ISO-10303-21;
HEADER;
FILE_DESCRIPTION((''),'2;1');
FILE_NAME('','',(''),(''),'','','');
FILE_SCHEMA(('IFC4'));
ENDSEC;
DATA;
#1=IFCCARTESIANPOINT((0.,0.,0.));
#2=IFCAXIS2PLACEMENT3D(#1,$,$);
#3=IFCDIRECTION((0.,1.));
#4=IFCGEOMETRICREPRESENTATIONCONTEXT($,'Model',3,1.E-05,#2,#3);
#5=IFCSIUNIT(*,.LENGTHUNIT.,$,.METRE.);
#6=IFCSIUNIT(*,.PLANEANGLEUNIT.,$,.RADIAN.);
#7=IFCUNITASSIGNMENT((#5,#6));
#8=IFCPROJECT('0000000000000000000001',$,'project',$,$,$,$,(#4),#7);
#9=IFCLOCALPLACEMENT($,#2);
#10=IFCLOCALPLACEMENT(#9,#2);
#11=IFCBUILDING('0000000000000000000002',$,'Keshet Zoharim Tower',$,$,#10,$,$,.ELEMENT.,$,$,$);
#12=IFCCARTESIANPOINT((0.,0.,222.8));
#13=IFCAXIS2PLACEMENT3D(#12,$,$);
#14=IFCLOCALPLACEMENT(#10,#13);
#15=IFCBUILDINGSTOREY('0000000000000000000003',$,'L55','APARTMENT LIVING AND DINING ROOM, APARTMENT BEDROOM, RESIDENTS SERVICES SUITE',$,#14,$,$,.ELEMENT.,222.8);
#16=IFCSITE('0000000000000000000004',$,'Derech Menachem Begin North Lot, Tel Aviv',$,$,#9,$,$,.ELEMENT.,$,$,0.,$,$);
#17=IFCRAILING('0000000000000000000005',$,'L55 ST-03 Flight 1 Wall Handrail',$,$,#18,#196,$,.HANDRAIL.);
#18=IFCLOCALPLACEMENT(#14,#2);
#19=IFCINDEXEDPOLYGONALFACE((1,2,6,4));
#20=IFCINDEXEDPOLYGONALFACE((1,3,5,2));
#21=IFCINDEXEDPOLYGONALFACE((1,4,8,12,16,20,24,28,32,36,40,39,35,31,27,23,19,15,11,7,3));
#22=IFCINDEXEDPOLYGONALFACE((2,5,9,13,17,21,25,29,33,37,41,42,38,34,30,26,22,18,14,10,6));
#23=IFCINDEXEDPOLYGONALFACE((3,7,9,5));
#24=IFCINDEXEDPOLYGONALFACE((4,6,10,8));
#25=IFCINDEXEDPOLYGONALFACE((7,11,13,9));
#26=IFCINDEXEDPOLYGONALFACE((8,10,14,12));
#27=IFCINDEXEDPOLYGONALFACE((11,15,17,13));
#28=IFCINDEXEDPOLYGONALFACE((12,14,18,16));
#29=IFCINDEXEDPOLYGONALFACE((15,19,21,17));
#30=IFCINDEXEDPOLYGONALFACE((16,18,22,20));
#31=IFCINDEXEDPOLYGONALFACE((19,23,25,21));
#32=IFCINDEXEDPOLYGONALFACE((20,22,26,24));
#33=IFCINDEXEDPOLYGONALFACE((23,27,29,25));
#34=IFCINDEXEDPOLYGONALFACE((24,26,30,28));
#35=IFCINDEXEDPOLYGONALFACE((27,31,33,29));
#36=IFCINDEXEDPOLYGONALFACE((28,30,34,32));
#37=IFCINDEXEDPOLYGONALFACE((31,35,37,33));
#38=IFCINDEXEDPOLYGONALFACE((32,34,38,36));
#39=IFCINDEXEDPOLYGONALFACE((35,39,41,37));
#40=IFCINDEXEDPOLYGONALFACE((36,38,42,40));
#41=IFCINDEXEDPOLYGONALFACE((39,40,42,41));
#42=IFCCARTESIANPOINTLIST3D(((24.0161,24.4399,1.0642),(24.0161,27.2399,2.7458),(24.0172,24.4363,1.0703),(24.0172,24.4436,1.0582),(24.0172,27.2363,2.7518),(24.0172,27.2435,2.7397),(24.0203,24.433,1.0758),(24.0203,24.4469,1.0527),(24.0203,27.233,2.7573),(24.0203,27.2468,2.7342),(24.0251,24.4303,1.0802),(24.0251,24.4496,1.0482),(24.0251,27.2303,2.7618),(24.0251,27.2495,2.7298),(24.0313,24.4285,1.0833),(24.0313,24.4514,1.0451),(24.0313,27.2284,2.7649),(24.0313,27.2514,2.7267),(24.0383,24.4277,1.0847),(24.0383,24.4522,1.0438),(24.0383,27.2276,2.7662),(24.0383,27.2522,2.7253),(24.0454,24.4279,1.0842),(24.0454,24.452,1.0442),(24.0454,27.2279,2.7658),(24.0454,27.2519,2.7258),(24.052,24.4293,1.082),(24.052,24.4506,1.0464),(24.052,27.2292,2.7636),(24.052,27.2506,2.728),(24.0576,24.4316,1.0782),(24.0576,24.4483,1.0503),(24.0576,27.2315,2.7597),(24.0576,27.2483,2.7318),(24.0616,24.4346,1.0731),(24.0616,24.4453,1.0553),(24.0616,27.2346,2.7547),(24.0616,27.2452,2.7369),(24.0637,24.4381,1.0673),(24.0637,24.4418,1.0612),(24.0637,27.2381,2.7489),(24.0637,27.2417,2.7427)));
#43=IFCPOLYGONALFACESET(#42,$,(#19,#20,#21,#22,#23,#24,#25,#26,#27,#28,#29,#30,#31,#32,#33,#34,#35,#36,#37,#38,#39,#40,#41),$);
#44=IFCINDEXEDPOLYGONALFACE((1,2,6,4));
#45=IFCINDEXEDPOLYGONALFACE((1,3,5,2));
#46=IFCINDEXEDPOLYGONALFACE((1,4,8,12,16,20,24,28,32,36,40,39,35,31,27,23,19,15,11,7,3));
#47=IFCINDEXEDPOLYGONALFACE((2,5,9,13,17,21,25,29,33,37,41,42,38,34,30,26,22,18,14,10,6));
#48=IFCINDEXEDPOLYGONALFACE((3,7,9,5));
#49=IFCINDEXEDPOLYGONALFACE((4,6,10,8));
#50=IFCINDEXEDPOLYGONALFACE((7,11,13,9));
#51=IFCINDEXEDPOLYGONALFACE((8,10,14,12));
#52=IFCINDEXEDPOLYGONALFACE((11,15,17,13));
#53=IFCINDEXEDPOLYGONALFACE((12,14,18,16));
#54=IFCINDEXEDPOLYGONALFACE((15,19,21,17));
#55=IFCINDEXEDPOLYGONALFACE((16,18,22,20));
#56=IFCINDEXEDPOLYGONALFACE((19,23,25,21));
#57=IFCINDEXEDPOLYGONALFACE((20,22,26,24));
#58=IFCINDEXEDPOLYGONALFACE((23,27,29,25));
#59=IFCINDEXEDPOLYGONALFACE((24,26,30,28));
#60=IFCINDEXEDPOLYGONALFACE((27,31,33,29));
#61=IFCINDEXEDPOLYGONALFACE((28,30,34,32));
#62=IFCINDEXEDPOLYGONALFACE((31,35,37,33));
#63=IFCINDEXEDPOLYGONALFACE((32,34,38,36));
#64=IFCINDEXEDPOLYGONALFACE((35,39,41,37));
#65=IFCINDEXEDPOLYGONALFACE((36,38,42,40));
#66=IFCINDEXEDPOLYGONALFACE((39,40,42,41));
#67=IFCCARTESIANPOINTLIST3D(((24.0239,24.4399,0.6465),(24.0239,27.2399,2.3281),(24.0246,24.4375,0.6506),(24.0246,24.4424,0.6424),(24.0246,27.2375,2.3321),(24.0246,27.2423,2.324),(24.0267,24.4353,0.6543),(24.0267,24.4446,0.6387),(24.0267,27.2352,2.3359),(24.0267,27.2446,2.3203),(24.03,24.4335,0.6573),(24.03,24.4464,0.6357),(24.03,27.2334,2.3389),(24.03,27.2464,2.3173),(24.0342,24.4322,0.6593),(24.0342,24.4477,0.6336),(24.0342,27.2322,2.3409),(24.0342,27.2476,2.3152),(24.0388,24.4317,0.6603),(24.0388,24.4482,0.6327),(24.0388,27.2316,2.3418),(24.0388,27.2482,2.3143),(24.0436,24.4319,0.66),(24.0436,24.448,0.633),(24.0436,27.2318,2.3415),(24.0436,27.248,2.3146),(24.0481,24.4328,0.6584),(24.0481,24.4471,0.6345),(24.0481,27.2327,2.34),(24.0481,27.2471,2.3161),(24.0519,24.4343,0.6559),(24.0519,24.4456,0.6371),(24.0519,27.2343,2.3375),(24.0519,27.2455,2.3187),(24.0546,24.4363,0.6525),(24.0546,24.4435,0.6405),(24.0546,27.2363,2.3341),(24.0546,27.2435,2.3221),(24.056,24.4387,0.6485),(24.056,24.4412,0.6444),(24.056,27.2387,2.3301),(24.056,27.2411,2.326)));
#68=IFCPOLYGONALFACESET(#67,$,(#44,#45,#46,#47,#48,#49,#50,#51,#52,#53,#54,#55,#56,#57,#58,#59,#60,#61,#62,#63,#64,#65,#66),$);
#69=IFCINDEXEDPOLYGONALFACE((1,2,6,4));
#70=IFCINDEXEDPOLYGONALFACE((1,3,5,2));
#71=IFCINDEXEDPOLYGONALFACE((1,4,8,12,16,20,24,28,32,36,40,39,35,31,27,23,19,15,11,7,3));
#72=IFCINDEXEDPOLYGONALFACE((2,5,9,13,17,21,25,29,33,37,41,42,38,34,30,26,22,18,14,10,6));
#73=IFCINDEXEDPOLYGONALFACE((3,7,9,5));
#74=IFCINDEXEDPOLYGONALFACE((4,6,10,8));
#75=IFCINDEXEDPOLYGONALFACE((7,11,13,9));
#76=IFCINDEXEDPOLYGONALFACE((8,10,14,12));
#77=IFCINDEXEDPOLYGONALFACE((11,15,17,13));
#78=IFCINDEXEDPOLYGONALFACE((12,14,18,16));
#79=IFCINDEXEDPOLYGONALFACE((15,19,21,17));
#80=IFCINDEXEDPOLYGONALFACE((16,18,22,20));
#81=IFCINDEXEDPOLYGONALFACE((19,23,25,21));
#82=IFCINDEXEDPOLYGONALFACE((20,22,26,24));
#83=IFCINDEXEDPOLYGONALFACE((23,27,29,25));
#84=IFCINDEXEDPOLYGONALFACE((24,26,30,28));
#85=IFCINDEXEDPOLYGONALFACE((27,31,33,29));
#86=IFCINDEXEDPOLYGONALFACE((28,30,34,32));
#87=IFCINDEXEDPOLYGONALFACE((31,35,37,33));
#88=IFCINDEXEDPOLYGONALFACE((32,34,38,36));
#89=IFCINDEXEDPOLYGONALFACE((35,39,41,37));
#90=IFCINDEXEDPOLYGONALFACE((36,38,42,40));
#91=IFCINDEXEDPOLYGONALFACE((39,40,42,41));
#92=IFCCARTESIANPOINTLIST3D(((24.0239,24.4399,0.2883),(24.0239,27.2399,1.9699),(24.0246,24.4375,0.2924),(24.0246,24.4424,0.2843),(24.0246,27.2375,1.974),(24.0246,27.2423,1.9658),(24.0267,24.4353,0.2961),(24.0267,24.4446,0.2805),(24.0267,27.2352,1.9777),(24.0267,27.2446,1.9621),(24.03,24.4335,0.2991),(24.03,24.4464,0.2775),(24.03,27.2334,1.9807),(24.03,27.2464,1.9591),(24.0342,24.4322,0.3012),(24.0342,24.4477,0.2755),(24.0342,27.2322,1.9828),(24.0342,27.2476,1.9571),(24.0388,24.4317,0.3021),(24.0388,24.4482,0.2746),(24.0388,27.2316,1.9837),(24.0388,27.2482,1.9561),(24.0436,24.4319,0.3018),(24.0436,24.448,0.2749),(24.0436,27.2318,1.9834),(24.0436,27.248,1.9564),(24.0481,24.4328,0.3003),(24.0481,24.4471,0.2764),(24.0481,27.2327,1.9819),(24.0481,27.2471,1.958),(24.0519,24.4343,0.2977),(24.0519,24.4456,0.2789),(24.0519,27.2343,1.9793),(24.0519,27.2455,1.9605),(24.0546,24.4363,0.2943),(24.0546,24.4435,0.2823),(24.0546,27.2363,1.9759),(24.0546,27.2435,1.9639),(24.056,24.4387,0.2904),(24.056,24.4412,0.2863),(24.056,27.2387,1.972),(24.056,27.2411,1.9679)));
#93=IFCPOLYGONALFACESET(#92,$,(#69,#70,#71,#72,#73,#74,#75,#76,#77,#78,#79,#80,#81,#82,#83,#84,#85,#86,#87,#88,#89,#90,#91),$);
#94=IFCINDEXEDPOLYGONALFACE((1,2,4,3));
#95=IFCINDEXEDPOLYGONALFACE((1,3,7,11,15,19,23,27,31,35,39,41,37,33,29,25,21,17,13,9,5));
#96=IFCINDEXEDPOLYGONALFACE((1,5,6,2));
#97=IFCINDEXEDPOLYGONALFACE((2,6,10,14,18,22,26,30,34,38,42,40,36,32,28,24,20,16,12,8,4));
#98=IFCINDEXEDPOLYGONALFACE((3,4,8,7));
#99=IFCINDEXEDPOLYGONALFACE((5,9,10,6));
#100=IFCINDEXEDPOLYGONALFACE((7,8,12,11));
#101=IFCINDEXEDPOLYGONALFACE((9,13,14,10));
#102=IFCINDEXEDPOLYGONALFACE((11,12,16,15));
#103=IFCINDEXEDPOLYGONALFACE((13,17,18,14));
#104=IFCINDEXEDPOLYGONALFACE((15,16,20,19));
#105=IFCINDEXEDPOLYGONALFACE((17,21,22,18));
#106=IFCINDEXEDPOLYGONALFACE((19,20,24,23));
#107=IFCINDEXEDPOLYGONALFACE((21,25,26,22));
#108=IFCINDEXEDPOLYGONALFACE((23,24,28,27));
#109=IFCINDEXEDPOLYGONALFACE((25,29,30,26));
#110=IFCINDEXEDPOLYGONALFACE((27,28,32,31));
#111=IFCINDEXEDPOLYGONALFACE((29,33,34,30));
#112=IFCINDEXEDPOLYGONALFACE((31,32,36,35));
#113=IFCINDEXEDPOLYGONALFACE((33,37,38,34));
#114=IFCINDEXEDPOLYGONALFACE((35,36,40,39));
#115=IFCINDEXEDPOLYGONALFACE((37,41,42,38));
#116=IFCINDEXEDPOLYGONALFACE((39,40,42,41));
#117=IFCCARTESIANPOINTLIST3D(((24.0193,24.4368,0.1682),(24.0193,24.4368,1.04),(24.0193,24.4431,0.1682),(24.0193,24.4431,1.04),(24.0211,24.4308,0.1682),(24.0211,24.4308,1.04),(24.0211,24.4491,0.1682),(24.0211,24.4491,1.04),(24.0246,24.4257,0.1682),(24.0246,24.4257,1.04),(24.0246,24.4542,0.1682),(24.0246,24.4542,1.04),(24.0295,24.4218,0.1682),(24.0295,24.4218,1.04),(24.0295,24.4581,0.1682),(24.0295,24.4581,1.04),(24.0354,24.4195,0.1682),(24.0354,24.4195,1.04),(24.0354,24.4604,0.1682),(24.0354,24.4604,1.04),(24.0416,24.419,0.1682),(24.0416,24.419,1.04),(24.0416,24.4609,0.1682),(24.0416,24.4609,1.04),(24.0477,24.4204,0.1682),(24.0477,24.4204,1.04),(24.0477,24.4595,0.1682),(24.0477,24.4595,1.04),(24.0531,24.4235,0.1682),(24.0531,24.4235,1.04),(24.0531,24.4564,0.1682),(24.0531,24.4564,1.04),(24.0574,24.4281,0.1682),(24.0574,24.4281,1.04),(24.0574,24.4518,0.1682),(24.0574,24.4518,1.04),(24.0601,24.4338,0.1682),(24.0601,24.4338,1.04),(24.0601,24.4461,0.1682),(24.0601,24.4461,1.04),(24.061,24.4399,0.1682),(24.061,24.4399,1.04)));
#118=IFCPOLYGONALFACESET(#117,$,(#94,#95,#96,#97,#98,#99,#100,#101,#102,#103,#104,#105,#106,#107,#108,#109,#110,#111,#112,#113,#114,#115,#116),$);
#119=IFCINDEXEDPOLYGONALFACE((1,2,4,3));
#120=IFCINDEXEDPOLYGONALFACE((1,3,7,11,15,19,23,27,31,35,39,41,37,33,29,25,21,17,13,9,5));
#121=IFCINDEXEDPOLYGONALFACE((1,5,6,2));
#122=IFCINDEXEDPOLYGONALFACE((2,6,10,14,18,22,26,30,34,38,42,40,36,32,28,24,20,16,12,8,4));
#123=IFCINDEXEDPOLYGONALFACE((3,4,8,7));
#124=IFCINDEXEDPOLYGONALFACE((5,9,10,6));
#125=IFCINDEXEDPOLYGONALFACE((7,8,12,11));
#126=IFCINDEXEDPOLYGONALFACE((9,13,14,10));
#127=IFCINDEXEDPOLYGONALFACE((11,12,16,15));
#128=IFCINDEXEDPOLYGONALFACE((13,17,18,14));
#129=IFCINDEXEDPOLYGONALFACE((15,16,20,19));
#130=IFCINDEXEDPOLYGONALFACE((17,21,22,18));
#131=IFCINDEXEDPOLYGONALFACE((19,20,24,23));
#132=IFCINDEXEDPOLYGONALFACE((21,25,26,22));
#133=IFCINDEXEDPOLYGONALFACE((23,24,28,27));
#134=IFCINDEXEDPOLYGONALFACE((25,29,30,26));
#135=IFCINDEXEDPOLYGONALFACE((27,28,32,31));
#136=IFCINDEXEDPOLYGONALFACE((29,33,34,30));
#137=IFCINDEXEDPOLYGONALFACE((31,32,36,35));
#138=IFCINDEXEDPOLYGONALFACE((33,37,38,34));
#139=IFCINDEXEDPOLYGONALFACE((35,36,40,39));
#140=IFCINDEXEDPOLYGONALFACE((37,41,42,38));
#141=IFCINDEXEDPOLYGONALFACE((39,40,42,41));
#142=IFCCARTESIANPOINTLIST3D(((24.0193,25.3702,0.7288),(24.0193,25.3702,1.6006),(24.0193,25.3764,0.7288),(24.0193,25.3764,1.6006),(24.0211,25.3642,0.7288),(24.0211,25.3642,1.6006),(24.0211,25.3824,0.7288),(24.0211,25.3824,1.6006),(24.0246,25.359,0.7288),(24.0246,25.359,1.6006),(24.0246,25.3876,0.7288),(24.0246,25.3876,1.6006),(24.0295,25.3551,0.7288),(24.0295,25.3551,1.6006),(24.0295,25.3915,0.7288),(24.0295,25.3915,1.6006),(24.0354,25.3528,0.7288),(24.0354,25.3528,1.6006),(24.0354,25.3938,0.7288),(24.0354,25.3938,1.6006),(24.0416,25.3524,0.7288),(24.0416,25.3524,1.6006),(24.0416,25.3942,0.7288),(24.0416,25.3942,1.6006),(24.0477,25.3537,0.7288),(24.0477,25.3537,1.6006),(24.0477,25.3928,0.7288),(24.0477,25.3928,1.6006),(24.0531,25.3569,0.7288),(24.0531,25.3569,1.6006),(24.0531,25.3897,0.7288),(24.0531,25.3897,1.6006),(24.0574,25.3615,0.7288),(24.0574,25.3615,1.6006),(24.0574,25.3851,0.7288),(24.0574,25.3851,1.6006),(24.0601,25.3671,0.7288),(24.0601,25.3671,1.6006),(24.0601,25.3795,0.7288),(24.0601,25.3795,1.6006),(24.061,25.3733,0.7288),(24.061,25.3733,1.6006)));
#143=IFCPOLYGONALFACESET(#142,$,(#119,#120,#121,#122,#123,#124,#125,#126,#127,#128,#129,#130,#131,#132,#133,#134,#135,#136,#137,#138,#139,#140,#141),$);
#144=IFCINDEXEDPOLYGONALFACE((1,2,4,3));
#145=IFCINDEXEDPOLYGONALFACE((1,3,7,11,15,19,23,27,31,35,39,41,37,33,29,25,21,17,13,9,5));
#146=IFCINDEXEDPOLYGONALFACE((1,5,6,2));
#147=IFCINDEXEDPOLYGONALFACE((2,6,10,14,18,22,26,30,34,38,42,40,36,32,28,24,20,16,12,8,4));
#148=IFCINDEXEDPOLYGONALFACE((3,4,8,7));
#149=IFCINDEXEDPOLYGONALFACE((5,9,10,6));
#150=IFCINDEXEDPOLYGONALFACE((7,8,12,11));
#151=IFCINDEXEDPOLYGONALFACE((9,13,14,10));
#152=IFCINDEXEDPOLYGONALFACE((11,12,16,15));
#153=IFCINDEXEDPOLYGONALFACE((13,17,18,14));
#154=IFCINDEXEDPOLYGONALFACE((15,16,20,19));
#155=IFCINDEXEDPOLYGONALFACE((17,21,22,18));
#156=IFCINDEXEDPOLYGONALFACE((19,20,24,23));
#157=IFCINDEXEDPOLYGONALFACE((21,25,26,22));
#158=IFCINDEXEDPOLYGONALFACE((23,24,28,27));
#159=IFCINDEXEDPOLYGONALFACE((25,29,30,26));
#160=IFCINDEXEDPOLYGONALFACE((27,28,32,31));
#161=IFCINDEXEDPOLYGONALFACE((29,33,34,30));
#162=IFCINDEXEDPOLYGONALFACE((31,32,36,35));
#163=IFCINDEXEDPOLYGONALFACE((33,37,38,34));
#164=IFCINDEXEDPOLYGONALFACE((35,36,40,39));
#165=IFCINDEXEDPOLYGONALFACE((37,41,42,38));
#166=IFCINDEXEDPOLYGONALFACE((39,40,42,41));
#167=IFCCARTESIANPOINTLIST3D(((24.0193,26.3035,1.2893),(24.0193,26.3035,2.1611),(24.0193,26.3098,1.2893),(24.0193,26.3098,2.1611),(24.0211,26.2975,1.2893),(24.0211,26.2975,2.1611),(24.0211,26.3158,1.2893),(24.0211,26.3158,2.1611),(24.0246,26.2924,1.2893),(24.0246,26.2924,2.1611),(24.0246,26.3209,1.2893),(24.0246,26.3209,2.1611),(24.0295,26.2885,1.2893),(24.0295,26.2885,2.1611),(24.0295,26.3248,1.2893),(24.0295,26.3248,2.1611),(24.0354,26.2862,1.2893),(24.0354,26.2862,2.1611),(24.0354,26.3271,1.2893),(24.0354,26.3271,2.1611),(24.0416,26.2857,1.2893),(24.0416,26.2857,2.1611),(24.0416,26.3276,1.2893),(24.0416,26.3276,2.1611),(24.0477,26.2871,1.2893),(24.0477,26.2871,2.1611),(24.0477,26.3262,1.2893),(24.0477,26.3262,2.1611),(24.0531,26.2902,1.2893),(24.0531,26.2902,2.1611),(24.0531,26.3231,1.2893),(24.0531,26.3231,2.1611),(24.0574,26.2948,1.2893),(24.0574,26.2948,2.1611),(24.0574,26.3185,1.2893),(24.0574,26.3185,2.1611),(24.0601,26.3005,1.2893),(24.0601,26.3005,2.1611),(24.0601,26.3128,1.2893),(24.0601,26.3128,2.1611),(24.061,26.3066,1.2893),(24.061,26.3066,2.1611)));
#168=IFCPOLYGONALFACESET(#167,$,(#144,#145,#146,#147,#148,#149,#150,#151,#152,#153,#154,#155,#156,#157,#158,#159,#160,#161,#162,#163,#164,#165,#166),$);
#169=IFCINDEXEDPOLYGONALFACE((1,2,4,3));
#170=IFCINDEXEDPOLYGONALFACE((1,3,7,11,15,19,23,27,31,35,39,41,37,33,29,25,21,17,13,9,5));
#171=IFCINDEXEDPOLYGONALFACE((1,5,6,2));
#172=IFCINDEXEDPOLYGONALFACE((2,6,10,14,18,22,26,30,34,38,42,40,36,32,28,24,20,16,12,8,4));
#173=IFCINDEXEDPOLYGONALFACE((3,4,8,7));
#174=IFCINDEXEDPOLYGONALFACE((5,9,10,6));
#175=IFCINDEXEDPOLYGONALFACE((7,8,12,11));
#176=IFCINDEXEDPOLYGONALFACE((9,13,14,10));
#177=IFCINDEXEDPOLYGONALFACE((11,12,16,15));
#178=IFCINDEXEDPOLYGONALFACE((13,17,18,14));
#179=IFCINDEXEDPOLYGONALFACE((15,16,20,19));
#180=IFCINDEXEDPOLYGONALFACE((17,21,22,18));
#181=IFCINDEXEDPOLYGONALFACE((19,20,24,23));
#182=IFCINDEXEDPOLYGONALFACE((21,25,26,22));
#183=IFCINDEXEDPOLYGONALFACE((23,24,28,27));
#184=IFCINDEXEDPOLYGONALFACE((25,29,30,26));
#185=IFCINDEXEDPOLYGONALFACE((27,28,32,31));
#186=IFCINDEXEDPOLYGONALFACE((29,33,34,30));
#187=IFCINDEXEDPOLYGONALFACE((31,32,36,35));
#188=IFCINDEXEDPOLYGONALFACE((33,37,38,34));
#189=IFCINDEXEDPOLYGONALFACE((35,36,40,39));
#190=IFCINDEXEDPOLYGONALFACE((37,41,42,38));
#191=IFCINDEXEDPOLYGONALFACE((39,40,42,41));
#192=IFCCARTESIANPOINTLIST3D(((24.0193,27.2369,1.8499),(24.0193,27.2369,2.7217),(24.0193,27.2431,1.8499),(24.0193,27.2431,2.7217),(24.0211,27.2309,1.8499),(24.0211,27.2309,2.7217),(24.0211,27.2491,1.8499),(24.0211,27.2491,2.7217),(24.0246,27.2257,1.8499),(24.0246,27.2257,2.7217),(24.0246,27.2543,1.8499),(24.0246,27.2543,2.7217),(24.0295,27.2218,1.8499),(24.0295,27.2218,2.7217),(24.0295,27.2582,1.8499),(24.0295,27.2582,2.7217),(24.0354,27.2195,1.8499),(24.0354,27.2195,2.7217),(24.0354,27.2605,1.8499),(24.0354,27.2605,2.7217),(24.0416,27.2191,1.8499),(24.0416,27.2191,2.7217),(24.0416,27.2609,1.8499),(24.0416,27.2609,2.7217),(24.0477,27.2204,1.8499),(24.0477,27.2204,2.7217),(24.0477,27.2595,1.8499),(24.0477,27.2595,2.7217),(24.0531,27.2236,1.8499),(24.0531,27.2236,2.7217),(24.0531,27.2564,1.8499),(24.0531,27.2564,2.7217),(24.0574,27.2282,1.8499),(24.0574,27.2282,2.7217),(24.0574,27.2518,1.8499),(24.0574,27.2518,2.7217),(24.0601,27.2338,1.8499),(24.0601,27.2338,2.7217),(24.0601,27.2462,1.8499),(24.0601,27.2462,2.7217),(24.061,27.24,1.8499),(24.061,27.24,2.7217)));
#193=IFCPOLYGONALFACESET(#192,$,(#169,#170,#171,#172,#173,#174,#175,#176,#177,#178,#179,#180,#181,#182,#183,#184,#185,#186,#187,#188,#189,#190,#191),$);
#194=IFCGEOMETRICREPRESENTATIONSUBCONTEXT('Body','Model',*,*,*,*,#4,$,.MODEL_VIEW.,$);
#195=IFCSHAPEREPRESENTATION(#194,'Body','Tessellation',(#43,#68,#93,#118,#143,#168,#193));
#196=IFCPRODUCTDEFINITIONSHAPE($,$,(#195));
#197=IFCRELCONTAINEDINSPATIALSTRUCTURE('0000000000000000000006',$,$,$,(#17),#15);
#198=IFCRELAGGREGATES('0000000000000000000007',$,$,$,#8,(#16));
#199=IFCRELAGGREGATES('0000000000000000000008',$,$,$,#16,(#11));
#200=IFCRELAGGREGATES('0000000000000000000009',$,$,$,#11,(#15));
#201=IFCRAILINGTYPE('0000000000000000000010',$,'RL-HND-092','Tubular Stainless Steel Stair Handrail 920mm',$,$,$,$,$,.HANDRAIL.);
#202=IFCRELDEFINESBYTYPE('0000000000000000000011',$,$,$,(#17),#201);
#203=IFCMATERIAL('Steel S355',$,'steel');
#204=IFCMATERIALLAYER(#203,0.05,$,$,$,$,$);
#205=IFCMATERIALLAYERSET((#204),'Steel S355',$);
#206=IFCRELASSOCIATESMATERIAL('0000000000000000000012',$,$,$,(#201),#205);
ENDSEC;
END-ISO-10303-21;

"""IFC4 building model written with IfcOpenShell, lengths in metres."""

from ifc_helpers import new_model, si_unit, direction, frame, origin, origin_2d, place, context, subcontext, project, spatial, circle, extrude, material, layer, layer_set, type_object, element, save


model = new_model("IFC4")

# Units and contexts
model_context = context("Model", 3, precision=1e-05, world=origin(), true_north=direction((0.0, 1.0)))
body_context = subcontext(model_context, "Body", "Model", "MODEL_VIEW")
ifc_project = project(units=[si_unit("LENGTHUNIT", "METRE"), si_unit("PLANEANGLEUNIT", "RADIAN")], contexts=[model_context])

# Site, building, storey
site_placement = place(None, origin())
site = spatial("IfcSite", under=ifc_project, at=site_placement, Name="Derech Menachem Begin North Lot, Tel Aviv", CompositionType="ELEMENT", RefElevation=0.0)
building_placement = place(site_placement, origin())
building = spatial("IfcBuilding", under=site, at=building_placement, Name="Keshet Zoharim Tower", CompositionType="ELEMENT")
storey_placement = place(building_placement, frame((0.0, 0.0, 222.8)))
storey = spatial("IfcBuildingStorey", under=building, at=storey_placement, Name="L55", Description="APARTMENT LIVING AND DINING ROOM, APARTMENT BEDROOM, RESIDENTS SERVICES SUITE", CompositionType="ELEMENT", Elevation=222.8)

# Shared definitions
ifc_material_1 = material(Name="Steel S355", Category="steel")

# Railing
ifc_layer_1 = layer(ifc_material_1, 0.05)
ifc_layer_set_1 = layer_set([ifc_layer_1], Name="Steel S355")
railing_type_1 = type_object("IfcRailingType", Name="RL-HND-092", Description="Tubular Stainless Steel Stair Handrail 920mm", PredefinedType="HANDRAIL", material=ifc_layer_set_1)
railing_1_placement = place(storey_placement, frame((24.04, 24.4399, 0.1682)))
element("IfcRailing", 1, at=railing_1_placement, inside=storey, type_object=railing_type_1, Name="L55 ST-03 Flight 1 Wall Handrail", PredefinedType="HANDRAIL", context=body_context, shape_type="SweptSolid", body=[
    extrude(circle(Radius=0.0239, at=origin_2d()), frame((0.0, 0.0, 0.896), z_axis=(0.0, 0.857275, 0.514858), x_axis=(-1.0, 0.0, 0.0)), (0.0, 0.0, 1.0), 3.2661),
    extrude(circle(Radius=0.0161, at=origin_2d()), frame((0.0, 0.0, 0.4783), z_axis=(0.0, 0.857275, 0.514858), x_axis=(-1.0, 0.0, 0.0)), (0.0, 0.0, 1.0), 3.2661),
    extrude(circle(Radius=0.0161, at=origin_2d()), frame((0.0, 0.0, 0.1201), z_axis=(0.0, 0.857275, 0.514858), x_axis=(-1.0, 0.0, 0.0)), (0.0, 0.0, 1.0), 3.2661),
    extrude(circle(Radius=0.021, at=origin_2d()), origin(), (0.0, 0.0, 1.0), 0.8718),
    extrude(circle(Radius=0.021, at=origin_2d()), frame((0.0, 0.9333, 0.5605)), (0.0, 0.0, 1.0), 0.8718),
    extrude(circle(Radius=0.021, at=origin_2d()), frame((0.0, 1.8667, 1.1211)), (0.0, 0.0, 1.0), 0.8718),
    extrude(circle(Radius=0.021, at=origin_2d()), frame((0.0, 2.8, 1.6816)), (0.0, 0.0, 1.0), 0.8718),
])

save(model, "model.ifc")
